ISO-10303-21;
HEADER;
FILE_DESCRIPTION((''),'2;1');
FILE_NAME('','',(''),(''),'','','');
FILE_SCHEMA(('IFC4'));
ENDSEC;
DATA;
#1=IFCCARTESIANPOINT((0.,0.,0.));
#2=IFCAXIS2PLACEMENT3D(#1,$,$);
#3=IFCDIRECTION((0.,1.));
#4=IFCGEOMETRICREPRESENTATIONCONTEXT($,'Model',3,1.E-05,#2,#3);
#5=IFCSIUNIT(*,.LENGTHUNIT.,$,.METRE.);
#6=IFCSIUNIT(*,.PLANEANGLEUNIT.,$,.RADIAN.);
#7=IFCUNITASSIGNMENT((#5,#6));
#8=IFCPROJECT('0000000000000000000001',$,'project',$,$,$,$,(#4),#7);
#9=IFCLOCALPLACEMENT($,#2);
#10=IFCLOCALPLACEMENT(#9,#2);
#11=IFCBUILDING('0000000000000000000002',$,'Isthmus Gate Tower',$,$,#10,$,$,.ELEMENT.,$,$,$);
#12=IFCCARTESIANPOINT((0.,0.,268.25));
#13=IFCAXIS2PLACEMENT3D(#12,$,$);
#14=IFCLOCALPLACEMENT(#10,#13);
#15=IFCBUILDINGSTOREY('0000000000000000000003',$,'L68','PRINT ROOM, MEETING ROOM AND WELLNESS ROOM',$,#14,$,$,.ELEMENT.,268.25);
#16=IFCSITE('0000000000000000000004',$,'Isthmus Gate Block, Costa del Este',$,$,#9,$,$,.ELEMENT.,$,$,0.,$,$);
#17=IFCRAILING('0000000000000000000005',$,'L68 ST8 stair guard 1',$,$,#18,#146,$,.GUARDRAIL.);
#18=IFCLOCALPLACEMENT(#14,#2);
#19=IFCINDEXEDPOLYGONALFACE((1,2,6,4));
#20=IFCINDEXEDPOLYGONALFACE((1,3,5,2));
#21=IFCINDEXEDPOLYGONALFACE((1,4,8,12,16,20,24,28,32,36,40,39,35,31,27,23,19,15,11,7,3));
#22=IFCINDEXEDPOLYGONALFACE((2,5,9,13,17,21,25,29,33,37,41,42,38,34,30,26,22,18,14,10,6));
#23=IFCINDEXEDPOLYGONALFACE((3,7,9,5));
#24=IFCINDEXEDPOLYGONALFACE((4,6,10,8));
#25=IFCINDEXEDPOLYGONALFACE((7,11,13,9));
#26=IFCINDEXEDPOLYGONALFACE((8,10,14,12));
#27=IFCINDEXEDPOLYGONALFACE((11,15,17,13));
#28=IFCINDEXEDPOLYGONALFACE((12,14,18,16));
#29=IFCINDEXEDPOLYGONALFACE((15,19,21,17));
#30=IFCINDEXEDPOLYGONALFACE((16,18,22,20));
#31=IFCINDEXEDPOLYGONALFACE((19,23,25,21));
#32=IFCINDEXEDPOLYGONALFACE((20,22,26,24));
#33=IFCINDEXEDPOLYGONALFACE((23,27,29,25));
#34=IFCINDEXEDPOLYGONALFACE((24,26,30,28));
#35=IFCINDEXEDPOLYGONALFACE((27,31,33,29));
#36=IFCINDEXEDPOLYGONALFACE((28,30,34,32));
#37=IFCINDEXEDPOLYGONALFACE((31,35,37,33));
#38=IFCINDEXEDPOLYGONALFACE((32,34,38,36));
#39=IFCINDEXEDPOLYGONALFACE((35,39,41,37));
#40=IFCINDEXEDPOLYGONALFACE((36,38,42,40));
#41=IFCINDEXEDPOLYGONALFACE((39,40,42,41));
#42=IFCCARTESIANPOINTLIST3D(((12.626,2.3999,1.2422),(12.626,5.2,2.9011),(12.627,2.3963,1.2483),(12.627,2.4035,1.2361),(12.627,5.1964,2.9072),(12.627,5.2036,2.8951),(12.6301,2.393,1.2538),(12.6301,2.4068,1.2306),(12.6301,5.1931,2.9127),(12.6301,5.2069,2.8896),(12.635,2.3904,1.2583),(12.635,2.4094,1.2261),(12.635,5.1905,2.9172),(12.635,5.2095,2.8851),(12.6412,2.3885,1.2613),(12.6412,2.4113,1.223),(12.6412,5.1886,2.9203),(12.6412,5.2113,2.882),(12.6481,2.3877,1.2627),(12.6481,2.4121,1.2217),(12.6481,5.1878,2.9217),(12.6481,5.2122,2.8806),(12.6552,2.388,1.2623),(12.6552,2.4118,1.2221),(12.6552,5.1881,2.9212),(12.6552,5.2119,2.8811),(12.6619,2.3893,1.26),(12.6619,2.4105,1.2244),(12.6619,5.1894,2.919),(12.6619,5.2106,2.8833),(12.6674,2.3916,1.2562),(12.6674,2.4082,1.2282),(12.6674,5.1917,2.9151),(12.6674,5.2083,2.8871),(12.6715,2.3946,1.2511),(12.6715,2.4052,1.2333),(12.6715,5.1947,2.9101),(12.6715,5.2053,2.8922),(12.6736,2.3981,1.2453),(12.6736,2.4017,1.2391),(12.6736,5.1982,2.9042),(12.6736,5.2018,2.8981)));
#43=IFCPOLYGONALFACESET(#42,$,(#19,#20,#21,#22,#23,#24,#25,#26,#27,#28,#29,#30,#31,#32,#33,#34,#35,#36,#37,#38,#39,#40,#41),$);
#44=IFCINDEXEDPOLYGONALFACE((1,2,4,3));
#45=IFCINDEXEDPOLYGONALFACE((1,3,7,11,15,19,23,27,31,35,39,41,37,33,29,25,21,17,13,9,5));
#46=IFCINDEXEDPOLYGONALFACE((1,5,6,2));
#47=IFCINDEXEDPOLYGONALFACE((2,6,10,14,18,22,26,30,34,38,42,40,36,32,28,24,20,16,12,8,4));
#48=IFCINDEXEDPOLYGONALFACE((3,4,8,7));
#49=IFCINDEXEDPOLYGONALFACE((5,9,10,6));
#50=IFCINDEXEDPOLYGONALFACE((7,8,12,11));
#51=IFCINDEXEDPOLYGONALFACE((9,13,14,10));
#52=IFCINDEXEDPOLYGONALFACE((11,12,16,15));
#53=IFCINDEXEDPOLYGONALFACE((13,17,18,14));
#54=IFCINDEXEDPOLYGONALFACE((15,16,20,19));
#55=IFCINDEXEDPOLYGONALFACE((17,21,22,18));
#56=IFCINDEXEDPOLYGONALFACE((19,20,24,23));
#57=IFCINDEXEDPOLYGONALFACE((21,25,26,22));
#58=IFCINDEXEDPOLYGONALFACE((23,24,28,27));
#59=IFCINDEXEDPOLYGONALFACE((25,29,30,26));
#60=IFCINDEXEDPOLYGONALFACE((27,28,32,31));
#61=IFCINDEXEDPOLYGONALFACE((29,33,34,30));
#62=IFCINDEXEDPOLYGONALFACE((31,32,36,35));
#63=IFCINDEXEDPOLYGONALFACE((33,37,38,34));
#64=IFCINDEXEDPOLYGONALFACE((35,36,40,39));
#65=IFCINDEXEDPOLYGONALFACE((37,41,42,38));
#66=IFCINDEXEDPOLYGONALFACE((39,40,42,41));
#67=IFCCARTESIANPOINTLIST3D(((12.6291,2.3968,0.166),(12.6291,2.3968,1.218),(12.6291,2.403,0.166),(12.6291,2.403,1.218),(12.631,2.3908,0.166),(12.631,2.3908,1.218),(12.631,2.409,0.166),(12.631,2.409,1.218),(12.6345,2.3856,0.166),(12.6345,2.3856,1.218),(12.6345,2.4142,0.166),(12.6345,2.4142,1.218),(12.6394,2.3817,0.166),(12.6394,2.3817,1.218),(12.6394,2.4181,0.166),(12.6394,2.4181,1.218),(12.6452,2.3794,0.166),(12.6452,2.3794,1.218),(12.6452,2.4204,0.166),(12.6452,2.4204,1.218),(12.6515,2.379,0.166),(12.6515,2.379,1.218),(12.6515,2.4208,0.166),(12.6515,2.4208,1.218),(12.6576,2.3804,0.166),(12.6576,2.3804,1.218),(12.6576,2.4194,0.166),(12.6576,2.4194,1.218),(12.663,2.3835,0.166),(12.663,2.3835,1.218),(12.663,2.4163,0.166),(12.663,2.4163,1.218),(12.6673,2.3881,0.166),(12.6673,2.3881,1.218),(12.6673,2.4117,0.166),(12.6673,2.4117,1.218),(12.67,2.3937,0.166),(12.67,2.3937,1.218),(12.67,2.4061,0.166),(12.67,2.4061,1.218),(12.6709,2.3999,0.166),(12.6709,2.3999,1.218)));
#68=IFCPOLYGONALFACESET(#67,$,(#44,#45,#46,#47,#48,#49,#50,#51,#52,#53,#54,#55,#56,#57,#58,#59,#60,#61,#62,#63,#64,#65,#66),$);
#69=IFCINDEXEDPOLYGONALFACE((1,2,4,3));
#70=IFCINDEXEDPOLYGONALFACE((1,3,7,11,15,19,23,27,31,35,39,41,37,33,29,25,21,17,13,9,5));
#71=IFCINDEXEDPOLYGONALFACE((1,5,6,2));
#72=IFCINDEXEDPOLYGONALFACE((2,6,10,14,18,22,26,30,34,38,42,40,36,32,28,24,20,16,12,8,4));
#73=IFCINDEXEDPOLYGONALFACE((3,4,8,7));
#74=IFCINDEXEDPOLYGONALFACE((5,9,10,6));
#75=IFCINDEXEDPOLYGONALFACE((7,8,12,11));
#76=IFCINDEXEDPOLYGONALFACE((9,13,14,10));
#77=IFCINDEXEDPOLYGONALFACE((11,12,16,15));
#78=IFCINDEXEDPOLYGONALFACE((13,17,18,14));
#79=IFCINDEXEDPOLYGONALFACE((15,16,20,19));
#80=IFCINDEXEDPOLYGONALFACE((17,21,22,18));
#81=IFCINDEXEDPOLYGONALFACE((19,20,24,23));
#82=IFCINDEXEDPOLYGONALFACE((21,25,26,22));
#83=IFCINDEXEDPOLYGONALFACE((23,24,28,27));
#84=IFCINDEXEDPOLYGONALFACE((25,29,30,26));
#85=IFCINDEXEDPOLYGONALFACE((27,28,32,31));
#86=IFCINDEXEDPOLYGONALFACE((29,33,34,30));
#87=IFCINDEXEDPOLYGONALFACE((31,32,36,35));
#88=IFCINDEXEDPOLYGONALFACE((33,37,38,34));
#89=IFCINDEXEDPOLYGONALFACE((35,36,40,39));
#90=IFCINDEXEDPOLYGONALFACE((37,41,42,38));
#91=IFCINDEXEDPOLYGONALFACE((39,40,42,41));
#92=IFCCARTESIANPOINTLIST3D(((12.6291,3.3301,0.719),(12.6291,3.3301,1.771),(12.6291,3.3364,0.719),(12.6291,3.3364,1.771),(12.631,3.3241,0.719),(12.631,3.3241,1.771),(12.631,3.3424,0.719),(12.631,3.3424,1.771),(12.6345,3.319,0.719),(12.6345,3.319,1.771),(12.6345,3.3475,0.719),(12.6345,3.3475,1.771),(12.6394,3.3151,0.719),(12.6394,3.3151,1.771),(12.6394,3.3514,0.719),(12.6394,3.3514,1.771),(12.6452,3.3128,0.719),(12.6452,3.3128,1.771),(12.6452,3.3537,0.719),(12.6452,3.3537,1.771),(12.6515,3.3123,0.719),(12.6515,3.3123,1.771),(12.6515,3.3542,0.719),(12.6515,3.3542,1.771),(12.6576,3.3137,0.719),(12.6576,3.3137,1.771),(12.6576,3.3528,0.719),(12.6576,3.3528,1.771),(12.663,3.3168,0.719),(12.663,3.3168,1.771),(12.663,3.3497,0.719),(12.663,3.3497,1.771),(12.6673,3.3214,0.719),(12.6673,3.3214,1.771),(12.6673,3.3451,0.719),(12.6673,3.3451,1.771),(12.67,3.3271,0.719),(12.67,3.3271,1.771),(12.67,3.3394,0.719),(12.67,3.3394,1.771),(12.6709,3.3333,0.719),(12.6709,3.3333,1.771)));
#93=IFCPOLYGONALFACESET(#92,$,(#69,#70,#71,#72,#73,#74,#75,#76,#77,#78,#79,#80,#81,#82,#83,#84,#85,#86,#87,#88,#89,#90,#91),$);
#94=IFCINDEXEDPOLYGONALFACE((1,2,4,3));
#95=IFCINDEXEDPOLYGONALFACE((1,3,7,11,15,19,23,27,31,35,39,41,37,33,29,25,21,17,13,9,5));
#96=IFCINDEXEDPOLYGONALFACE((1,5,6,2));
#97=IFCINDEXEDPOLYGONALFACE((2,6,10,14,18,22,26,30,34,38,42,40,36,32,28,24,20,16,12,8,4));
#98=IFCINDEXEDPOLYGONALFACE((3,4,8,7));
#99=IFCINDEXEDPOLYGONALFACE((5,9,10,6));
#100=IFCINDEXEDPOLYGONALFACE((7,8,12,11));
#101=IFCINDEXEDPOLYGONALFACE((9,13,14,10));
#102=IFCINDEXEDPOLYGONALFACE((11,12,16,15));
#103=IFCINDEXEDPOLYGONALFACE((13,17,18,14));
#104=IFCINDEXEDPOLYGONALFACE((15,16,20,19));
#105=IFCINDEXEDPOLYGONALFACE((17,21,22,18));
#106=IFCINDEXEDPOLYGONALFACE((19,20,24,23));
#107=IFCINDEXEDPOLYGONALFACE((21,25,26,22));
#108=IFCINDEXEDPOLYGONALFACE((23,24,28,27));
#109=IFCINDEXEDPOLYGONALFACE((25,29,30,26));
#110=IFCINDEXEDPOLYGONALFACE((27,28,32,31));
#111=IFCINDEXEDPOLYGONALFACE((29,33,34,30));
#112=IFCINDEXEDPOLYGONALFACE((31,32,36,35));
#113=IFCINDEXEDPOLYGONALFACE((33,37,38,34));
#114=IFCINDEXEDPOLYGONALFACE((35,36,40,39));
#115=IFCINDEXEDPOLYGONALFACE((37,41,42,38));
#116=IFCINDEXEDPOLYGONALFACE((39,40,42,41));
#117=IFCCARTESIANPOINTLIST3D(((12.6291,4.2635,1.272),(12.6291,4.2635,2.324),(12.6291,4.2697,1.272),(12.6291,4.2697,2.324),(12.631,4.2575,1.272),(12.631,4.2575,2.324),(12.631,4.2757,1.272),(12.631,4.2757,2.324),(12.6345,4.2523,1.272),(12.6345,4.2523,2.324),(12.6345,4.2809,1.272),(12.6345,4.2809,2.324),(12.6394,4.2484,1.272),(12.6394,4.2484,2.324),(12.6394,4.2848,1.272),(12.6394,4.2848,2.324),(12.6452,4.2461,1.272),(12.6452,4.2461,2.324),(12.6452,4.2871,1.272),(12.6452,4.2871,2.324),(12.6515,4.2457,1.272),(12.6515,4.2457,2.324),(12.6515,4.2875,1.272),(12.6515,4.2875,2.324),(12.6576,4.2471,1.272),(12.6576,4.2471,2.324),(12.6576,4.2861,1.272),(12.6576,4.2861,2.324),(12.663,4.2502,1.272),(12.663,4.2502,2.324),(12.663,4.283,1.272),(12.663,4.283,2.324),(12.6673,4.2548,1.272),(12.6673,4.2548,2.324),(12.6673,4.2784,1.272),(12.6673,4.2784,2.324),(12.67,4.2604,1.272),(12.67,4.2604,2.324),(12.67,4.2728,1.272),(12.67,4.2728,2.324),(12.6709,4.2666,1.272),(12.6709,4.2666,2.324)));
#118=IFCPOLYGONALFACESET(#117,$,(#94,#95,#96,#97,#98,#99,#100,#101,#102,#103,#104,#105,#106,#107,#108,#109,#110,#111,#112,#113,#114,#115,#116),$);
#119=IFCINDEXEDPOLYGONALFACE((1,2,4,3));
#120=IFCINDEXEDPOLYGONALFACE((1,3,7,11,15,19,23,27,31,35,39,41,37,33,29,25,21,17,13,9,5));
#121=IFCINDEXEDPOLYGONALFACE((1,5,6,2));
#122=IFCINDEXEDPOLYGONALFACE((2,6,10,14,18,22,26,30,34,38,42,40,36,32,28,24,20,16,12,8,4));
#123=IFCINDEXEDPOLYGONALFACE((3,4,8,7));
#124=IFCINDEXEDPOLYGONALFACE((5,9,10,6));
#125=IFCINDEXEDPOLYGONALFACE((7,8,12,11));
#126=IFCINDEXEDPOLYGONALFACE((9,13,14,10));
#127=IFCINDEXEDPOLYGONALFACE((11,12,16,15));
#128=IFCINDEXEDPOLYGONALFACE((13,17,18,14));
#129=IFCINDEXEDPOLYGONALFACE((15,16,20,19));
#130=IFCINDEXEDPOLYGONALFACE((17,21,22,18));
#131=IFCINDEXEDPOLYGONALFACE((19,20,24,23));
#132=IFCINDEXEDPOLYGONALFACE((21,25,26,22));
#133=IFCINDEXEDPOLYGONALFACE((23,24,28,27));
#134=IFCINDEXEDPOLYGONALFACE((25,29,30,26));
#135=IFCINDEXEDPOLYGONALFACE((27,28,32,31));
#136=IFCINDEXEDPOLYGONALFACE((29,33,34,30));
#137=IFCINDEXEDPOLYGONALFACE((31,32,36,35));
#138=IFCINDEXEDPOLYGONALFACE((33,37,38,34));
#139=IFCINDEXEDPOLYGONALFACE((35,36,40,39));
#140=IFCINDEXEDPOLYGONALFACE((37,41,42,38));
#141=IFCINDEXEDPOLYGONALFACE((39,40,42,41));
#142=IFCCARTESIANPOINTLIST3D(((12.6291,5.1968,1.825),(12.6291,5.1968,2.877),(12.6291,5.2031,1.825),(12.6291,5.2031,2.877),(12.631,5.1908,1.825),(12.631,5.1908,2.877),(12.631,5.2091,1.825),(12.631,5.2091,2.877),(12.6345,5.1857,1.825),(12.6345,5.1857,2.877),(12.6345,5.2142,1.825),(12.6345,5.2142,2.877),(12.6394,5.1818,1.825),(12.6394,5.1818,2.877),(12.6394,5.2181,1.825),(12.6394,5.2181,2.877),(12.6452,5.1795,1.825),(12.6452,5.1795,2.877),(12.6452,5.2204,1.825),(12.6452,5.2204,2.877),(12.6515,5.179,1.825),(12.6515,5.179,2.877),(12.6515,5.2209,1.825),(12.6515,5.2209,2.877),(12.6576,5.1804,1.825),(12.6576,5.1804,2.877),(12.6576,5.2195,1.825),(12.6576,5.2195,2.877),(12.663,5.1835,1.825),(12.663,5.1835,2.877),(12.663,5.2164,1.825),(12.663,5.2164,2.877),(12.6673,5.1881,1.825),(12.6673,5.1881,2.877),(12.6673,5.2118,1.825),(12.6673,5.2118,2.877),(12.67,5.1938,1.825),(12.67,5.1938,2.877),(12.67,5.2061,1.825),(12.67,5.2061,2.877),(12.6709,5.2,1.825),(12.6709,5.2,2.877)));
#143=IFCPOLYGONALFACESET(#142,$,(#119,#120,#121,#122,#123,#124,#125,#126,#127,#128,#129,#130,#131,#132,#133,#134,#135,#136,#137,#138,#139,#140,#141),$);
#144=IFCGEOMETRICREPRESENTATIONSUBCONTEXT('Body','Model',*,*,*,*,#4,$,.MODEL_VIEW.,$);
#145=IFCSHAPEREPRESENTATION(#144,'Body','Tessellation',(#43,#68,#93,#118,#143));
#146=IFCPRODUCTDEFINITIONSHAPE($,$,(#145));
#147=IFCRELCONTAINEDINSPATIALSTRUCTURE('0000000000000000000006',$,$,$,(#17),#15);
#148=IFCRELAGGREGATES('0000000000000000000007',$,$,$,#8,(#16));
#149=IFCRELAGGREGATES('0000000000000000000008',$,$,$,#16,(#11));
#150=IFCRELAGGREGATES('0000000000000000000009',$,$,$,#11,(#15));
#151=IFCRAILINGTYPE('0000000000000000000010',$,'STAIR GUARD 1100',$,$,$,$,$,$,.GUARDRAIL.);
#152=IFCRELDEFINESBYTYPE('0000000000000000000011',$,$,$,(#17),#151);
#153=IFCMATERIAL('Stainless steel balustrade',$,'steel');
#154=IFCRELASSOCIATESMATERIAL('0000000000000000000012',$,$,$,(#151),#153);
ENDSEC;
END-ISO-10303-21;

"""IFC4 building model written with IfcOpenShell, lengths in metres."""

from ifc_helpers import new_model, si_unit, direction, frame, origin, origin_2d, place, context, subcontext, project, spatial, circle, extrude, material, type_object, element, save


model = new_model("IFC4")

# Units and contexts
model_context = context("Model", 3, precision=1e-05, world=origin(), true_north=direction((0.0, 1.0)))
body_context = subcontext(model_context, "Body", "Model", "MODEL_VIEW")
ifc_project = project(units=[si_unit("LENGTHUNIT", "METRE"), si_unit("PLANEANGLEUNIT", "RADIAN")], contexts=[model_context])

# Site, building, storey
site_placement = place(None, origin())
site = spatial("IfcSite", under=ifc_project, at=site_placement, Name="Isthmus Gate Block, Costa del Este", CompositionType="ELEMENT", RefElevation=0.0)
building_placement = place(site_placement, origin())
building = spatial("IfcBuilding", under=site, at=building_placement, Name="Isthmus Gate Tower", CompositionType="ELEMENT")
storey_placement = place(building_placement, frame((0.0, 0.0, 268.25)))
storey = spatial("IfcBuildingStorey", under=building, at=storey_placement, Name="L68", Description="PRINT ROOM, MEETING ROOM AND WELLNESS ROOM", CompositionType="ELEMENT", Elevation=268.25)

# Railing
ifc_material_1 = material(Name="Stainless steel balustrade", Category="steel")
railing_type_1 = type_object("IfcRailingType", Name="STAIR GUARD 1100", PredefinedType="GUARDRAIL", material=ifc_material_1)
railing_1_placement = place(storey_placement, frame((12.6499, 2.3999, 0.166)))
element("IfcRailing", 1, at=railing_1_placement, inside=storey, type_object=railing_type_1, Name="L68 ST8 stair guard 1", PredefinedType="GUARDRAIL", context=body_context, shape_type="SweptSolid", body=[
    extrude(circle(Radius=0.0239, at=origin_2d()), frame((0.0, 0.0, 1.0762), z_axis=(0.0, 0.860339, 0.509722), x_axis=(-1.0, 0.0, 0.0)), (0.0, 0.0, 1.0), 3.2546),
    extrude(circle(Radius=0.021, at=origin_2d()), origin(), (0.0, 0.0, 1.0), 1.052),
    extrude(circle(Radius=0.021, at=origin_2d()), frame((0.0, 0.9333, 0.553)), (0.0, 0.0, 1.0), 1.052),
    extrude(circle(Radius=0.021, at=origin_2d()), frame((0.0, 1.8667, 1.106)), (0.0, 0.0, 1.0), 1.052),
    extrude(circle(Radius=0.021, at=origin_2d()), frame((0.0, 2.8, 1.6589)), (0.0, 0.0, 1.0), 1.052),
])

save(model, "model.ifc")
